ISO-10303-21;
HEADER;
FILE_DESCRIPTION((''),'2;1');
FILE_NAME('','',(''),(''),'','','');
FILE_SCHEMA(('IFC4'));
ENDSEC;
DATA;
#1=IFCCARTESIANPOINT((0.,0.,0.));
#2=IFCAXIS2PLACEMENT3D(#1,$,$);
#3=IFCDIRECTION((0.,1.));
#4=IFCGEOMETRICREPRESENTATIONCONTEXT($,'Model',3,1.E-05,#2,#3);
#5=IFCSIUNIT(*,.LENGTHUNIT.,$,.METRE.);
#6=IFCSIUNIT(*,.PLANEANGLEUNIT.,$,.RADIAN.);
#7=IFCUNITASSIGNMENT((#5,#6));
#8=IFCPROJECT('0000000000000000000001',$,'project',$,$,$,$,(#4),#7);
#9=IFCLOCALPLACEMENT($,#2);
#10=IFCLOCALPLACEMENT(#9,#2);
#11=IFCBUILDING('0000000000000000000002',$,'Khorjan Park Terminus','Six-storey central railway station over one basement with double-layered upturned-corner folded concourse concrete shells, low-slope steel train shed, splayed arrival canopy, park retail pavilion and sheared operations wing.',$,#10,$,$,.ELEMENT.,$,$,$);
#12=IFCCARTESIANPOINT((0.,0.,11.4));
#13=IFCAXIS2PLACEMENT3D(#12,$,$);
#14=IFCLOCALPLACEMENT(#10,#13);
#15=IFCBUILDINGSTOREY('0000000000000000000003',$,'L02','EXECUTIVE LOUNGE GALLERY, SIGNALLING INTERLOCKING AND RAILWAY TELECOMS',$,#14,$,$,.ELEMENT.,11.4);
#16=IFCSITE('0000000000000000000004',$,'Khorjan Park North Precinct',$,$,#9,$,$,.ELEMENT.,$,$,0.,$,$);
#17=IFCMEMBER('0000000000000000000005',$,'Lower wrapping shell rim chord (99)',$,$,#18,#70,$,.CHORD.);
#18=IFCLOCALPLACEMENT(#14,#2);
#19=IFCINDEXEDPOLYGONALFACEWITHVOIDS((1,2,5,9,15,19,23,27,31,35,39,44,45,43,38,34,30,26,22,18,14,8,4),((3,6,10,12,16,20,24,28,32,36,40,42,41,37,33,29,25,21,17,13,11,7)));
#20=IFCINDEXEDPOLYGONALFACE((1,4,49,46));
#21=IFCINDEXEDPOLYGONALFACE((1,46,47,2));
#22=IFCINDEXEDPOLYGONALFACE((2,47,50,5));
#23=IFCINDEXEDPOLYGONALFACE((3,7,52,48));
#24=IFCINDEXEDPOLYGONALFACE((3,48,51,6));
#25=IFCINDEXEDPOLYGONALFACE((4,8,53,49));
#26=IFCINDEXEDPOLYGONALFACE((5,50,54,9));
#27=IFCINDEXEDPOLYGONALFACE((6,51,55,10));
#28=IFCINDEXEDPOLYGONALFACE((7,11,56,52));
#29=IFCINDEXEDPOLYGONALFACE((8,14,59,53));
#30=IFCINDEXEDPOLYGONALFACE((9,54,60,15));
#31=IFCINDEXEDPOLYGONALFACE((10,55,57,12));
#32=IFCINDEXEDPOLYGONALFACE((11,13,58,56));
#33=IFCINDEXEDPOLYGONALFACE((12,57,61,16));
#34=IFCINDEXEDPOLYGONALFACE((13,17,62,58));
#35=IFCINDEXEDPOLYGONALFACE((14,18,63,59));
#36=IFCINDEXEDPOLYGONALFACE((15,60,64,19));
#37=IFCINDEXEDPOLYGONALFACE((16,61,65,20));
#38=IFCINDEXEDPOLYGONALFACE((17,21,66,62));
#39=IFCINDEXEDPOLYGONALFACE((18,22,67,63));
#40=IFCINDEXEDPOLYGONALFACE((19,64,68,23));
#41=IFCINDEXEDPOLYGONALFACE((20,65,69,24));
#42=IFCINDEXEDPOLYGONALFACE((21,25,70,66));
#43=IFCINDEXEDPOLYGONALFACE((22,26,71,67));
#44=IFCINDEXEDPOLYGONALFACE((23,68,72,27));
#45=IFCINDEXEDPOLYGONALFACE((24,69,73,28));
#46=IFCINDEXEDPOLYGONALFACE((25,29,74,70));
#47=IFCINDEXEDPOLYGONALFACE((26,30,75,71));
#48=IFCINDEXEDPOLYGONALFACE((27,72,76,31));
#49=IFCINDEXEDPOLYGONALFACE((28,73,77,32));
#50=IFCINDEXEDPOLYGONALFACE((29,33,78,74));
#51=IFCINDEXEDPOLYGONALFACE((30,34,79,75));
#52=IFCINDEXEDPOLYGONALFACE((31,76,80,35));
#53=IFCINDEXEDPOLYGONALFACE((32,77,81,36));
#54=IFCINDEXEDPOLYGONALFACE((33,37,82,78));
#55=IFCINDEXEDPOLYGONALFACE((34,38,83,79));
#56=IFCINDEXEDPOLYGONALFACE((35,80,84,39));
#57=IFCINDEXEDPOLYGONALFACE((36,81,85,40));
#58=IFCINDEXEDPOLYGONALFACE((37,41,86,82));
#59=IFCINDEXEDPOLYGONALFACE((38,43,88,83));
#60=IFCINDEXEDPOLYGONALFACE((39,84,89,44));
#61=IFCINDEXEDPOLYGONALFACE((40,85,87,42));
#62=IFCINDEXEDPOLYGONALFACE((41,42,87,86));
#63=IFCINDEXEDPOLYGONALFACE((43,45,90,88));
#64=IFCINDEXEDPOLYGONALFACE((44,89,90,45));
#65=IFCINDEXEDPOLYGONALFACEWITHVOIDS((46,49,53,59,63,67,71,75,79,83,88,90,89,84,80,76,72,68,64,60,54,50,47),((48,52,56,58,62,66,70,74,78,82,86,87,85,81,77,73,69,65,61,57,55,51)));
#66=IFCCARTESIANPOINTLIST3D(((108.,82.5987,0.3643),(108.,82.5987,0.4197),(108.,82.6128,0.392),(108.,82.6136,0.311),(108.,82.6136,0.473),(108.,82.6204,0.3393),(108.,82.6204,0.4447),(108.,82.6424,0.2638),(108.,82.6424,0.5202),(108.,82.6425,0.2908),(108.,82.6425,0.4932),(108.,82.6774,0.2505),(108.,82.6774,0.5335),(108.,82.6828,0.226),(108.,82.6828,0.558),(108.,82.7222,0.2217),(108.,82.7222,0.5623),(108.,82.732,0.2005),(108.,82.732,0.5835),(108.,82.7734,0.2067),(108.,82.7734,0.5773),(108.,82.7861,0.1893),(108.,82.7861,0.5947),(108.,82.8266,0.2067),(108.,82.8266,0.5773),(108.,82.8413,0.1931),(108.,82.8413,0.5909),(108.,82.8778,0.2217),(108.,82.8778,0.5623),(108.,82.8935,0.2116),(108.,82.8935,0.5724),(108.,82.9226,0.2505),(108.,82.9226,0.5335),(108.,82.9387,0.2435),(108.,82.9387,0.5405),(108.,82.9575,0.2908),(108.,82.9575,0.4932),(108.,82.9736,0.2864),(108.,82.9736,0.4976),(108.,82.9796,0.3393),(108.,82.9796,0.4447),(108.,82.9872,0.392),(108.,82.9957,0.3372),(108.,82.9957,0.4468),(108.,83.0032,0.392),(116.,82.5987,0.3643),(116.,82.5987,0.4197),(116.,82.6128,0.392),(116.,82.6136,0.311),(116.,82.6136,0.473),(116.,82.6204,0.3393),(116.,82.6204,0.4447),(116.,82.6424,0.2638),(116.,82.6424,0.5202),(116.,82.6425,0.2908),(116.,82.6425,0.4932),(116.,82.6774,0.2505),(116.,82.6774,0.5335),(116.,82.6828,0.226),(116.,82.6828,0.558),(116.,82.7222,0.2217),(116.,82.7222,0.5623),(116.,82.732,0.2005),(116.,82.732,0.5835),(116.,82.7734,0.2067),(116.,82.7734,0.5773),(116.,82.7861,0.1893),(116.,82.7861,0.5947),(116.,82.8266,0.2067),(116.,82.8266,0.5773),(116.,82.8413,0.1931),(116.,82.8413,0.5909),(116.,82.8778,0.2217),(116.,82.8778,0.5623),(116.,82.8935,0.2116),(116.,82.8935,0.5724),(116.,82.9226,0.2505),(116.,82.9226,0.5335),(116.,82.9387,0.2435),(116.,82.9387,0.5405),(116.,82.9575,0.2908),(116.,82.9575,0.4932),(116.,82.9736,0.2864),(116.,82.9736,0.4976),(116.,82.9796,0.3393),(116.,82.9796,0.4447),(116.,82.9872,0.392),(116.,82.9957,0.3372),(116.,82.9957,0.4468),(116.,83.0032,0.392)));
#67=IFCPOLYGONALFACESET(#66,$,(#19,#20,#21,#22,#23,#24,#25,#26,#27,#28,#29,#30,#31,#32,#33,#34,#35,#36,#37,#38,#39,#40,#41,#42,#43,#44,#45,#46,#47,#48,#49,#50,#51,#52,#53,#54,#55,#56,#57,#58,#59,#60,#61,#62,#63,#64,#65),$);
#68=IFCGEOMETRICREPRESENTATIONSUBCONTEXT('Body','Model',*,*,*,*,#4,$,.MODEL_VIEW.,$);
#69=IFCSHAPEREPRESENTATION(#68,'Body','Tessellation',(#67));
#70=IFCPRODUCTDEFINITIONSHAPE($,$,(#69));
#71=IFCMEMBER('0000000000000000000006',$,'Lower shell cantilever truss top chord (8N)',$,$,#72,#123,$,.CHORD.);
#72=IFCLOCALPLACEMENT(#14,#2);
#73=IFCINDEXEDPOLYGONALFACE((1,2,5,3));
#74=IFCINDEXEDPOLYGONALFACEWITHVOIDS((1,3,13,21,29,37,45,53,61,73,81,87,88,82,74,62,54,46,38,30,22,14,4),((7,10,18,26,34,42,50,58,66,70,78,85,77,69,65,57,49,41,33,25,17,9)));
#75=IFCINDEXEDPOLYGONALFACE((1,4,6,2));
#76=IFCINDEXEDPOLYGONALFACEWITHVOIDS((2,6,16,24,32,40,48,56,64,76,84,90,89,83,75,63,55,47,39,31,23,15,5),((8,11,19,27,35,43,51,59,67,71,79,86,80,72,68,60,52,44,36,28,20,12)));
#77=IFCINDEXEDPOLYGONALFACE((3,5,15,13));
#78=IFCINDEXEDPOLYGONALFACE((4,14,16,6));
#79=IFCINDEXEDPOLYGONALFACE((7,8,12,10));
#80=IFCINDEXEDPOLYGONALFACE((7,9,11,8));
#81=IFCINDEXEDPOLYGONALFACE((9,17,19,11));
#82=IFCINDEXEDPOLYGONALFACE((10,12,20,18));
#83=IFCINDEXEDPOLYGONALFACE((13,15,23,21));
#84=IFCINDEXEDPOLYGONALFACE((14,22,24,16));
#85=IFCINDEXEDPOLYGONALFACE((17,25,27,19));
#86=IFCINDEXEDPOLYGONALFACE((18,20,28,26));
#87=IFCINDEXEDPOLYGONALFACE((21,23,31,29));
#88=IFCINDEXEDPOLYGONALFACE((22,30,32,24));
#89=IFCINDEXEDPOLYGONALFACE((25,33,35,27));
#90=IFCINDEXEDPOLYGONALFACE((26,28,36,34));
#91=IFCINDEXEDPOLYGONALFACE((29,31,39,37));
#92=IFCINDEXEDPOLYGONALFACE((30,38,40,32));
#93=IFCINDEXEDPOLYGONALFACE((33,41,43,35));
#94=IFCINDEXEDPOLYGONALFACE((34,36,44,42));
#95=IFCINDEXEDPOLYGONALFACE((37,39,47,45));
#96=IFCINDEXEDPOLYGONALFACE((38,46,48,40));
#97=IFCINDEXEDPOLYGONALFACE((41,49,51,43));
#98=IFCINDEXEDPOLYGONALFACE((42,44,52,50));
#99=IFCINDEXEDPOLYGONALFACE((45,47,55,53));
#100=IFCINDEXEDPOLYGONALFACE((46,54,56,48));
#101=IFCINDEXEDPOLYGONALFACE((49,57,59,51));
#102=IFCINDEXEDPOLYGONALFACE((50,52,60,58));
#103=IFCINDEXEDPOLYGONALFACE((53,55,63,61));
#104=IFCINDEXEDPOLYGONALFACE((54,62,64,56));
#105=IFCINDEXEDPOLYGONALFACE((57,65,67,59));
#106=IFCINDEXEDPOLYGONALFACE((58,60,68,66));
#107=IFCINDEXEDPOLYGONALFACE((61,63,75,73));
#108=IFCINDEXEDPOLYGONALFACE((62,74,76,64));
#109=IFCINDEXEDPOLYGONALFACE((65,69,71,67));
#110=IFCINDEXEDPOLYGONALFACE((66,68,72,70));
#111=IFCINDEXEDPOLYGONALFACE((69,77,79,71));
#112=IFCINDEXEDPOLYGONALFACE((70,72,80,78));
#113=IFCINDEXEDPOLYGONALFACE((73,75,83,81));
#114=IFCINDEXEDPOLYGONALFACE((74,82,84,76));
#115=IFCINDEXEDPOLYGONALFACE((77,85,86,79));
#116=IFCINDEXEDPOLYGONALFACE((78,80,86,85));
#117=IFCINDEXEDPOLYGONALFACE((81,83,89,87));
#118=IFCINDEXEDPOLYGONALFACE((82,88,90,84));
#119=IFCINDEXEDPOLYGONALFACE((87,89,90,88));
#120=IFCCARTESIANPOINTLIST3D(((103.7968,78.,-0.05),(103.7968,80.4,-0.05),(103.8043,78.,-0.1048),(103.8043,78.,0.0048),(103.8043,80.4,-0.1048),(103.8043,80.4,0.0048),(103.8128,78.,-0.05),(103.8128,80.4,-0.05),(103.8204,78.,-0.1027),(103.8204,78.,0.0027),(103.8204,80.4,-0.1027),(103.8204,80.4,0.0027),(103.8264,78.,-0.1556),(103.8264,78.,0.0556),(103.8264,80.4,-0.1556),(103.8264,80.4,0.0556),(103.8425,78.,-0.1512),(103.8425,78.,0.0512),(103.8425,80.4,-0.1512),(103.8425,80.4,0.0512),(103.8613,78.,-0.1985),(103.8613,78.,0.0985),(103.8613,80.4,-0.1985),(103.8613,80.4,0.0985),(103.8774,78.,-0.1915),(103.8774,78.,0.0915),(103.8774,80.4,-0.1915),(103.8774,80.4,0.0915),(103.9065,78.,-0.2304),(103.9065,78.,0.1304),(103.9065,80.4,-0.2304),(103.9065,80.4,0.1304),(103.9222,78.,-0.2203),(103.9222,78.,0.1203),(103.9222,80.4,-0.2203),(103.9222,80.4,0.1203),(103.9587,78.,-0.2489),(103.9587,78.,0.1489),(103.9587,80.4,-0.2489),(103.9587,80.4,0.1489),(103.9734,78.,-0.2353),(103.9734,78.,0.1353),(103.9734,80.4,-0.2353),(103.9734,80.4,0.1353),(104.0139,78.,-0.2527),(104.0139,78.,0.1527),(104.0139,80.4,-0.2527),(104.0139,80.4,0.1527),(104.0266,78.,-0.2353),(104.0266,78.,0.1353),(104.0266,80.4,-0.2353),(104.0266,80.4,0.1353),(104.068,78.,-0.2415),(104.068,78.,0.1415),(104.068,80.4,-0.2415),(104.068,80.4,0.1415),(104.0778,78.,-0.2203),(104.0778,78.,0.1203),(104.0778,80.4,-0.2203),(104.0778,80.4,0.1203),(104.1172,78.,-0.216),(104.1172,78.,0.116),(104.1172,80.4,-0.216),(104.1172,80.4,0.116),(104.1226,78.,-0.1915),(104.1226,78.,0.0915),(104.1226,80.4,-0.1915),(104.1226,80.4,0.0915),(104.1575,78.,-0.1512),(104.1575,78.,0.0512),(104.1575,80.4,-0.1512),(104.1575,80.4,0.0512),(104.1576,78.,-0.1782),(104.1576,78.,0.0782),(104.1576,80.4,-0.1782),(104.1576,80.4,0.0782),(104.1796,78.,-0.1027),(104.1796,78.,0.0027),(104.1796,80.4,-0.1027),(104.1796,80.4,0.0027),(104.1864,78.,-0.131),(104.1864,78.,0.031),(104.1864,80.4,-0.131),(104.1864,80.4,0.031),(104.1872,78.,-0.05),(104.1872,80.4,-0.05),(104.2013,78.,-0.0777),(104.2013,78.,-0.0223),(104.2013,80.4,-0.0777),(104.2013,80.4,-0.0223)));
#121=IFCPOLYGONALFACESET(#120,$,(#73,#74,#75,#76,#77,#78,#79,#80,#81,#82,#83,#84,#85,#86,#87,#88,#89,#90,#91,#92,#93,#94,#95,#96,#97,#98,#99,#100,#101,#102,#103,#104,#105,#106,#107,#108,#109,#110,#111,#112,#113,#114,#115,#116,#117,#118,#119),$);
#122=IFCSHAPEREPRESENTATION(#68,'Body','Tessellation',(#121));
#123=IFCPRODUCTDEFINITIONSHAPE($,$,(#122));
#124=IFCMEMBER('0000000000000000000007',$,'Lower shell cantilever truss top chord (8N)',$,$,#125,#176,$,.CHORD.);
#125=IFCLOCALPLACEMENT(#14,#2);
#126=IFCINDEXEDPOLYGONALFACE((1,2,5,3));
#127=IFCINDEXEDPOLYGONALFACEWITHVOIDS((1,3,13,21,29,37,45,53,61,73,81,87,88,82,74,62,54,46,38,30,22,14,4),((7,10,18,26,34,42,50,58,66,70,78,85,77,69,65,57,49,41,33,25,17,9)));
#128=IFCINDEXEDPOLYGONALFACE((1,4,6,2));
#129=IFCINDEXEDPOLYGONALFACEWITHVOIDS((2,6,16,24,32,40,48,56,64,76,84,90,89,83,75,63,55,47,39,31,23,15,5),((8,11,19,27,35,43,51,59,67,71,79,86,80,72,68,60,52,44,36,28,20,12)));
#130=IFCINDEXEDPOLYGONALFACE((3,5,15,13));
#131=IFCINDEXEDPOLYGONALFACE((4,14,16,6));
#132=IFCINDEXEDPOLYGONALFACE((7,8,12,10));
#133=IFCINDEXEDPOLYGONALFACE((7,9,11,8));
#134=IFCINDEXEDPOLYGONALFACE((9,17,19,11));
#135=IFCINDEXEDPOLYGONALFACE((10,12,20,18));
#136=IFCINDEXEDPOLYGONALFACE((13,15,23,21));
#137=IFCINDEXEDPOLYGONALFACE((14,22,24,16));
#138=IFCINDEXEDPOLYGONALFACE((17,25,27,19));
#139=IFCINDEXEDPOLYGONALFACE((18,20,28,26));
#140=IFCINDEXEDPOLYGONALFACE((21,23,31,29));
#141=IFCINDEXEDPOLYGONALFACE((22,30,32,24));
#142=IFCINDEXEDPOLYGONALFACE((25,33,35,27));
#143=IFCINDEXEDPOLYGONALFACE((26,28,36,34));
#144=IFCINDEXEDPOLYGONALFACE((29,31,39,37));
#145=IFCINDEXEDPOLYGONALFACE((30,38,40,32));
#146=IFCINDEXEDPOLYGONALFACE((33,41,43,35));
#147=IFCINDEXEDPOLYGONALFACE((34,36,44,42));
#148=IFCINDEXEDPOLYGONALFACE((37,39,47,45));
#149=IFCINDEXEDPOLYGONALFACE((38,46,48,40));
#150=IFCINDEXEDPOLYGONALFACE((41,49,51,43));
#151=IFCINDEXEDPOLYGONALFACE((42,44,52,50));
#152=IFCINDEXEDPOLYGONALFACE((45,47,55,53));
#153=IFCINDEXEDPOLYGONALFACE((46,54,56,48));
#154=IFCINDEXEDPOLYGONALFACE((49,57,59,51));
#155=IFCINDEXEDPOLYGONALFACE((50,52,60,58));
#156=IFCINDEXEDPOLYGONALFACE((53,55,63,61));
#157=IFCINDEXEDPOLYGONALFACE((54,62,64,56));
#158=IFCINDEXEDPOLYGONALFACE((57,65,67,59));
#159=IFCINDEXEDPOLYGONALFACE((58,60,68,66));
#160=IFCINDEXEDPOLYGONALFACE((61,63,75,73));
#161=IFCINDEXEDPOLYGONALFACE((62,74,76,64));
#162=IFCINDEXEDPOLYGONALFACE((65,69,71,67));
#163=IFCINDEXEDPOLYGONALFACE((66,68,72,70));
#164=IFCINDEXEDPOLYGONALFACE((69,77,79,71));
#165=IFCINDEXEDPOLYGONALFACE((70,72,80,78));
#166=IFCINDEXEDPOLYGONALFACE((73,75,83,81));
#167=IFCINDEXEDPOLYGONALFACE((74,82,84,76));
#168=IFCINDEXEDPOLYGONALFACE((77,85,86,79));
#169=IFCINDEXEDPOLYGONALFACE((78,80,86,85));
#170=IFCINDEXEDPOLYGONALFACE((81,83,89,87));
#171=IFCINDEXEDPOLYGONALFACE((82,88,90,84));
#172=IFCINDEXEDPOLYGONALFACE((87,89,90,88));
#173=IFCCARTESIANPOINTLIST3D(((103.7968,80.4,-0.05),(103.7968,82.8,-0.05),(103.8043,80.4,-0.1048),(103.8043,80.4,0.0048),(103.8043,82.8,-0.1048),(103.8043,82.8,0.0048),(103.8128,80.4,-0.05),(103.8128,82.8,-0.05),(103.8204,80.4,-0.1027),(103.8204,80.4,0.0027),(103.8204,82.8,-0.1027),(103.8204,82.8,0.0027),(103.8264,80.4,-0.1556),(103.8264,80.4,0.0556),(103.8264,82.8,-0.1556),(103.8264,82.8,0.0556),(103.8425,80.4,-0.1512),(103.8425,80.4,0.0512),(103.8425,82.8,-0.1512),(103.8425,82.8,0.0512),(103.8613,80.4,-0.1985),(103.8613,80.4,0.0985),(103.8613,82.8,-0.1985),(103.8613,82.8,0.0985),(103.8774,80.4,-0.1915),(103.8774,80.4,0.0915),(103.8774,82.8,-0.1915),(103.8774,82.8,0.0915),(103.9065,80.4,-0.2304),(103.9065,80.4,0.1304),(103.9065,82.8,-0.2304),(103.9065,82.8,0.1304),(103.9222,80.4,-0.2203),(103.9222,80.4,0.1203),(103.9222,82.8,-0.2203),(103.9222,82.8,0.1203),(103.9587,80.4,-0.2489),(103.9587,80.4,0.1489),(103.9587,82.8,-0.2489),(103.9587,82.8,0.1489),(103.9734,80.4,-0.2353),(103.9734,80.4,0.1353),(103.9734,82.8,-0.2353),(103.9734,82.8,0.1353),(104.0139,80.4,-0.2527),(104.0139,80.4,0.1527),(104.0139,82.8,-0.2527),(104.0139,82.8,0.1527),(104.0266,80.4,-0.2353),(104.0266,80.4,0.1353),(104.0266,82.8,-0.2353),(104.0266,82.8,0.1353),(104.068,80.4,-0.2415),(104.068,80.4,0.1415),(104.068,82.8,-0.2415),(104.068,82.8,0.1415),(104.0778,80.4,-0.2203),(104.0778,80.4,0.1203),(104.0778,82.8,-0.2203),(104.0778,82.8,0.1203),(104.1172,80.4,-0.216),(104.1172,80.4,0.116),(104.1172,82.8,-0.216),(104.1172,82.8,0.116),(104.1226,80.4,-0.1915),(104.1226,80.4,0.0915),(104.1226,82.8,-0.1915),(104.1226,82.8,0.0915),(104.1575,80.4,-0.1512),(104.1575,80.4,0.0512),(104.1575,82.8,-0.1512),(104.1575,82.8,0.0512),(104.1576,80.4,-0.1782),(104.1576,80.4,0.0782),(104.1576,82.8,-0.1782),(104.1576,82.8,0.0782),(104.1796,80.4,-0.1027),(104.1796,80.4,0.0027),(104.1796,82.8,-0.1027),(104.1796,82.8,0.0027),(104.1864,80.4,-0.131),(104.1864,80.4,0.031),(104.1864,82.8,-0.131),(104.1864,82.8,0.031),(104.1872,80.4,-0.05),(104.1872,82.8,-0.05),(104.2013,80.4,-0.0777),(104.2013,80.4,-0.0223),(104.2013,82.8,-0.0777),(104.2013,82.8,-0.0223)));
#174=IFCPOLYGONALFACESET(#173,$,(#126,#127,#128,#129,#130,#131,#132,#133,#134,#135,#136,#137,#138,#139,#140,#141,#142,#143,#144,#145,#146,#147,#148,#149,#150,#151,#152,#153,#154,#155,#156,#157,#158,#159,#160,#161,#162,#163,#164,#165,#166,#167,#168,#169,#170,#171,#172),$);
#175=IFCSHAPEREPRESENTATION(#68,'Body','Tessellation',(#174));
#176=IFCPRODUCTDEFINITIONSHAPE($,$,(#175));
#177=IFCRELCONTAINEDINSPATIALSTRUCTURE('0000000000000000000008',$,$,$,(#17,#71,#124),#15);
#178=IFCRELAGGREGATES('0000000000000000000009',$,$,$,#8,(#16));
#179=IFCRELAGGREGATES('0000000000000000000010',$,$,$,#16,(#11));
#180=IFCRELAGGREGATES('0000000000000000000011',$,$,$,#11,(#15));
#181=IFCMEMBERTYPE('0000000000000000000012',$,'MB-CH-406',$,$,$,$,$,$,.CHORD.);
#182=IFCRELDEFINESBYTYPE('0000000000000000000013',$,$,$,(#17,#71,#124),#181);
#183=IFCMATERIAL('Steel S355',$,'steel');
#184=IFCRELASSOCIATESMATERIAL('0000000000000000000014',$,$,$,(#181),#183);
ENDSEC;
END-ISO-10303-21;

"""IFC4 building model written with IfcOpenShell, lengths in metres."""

from ifc_helpers import new_model, si_unit, direction, frame, origin, origin_2d, place, context, subcontext, project, spatial, hollow_circle, extrude, material, material_profile, profile_set, type_object, element, save


model = new_model("IFC4")

# Units and contexts
model_context = context("Model", 3, precision=1e-05, world=origin(), true_north=direction((0.0, 1.0)))
body_context = subcontext(model_context, "Body", "Model", "MODEL_VIEW")
ifc_project = project(units=[si_unit("LENGTHUNIT", "METRE"), si_unit("PLANEANGLEUNIT", "RADIAN")], contexts=[model_context])

# Site, building, storey
site_placement = place(None, origin())
site = spatial("IfcSite", under=ifc_project, at=site_placement, Name="Khorjan Park North Precinct", CompositionType="ELEMENT", RefElevation=0.0)
building_placement = place(site_placement, origin())
building = spatial("IfcBuilding", under=site, at=building_placement, Name="Khorjan Park Terminus", Description="Six-storey central railway station over one basement with double-layered upturned-corner folded concourse concrete shells, low-slope steel train shed, splayed arrival canopy, park retail pavilion and sheared operations wing.", CompositionType="ELEMENT")
storey_placement = place(building_placement, frame((0.0, 0.0, 11.4)))
storey = spatial("IfcBuildingStorey", under=building, at=storey_placement, Name="L02", Description="EXECUTIVE LOUNGE GALLERY, SIGNALLING INTERLOCKING AND RAILWAY TELECOMS", CompositionType="ELEMENT", Elevation=11.4)

# Shared definitions
ifc_material_1 = material(Name="Steel S355", Category="steel")

# Members
ifc_material_profile_1 = material_profile(ifc_material_1, hollow_circle(Radius=0.2032, WallThickness=0.016, at=origin_2d()), Name="CHS 406.4x16")
ifc_profile_set_1 = profile_set([ifc_material_profile_1], Name="Steel S355")
member_type_1 = type_object("IfcMemberType", Name="MB-CH-406", PredefinedType="CHORD", material=ifc_profile_set_1)
member_1_placement = place(storey_placement, frame((108.0, 82.8, 0.392), z_axis=(1.0, 0.0, 0.0), x_axis=(0.0, 1.0, 0.0)))
element("IfcMember", 1, at=member_1_placement, inside=storey, type_object=member_type_1, Name="Lower wrapping shell rim chord (99)", PredefinedType="CHORD", context=body_context, shape_type="SweptSolid", body=[
    extrude(hollow_circle(Radius=0.2032, WallThickness=0.016, at=origin_2d()), origin(), (0.0, 0.0, 1.0), 8.0),
])
for number, where, z_axis, x_axis, name in (
    (2, (104.0, 78.0, -0.05), (0.0, 1.0, 0.0), (-1.0, 0.0, 0.0), "Lower shell cantilever truss top chord (8N)"),
    (3, (104.0, 80.4, -0.05), (0.0, 1.0, 0.0), (-1.0, 0.0, 0.0), "Lower shell cantilever truss top chord (8N)"),
):
    element("IfcMember", number, at=place(storey_placement, frame(where, z_axis=z_axis, x_axis=x_axis)), inside=storey, type_object=member_type_1, Name=name, PredefinedType="CHORD", context=body_context, shape_type="SweptSolid", body=[
        extrude(hollow_circle(Radius=0.2032, WallThickness=0.016, at=origin_2d()), origin(), (0.0, 0.0, 1.0), 2.4),
    ])

save(model, "model.ifc")
